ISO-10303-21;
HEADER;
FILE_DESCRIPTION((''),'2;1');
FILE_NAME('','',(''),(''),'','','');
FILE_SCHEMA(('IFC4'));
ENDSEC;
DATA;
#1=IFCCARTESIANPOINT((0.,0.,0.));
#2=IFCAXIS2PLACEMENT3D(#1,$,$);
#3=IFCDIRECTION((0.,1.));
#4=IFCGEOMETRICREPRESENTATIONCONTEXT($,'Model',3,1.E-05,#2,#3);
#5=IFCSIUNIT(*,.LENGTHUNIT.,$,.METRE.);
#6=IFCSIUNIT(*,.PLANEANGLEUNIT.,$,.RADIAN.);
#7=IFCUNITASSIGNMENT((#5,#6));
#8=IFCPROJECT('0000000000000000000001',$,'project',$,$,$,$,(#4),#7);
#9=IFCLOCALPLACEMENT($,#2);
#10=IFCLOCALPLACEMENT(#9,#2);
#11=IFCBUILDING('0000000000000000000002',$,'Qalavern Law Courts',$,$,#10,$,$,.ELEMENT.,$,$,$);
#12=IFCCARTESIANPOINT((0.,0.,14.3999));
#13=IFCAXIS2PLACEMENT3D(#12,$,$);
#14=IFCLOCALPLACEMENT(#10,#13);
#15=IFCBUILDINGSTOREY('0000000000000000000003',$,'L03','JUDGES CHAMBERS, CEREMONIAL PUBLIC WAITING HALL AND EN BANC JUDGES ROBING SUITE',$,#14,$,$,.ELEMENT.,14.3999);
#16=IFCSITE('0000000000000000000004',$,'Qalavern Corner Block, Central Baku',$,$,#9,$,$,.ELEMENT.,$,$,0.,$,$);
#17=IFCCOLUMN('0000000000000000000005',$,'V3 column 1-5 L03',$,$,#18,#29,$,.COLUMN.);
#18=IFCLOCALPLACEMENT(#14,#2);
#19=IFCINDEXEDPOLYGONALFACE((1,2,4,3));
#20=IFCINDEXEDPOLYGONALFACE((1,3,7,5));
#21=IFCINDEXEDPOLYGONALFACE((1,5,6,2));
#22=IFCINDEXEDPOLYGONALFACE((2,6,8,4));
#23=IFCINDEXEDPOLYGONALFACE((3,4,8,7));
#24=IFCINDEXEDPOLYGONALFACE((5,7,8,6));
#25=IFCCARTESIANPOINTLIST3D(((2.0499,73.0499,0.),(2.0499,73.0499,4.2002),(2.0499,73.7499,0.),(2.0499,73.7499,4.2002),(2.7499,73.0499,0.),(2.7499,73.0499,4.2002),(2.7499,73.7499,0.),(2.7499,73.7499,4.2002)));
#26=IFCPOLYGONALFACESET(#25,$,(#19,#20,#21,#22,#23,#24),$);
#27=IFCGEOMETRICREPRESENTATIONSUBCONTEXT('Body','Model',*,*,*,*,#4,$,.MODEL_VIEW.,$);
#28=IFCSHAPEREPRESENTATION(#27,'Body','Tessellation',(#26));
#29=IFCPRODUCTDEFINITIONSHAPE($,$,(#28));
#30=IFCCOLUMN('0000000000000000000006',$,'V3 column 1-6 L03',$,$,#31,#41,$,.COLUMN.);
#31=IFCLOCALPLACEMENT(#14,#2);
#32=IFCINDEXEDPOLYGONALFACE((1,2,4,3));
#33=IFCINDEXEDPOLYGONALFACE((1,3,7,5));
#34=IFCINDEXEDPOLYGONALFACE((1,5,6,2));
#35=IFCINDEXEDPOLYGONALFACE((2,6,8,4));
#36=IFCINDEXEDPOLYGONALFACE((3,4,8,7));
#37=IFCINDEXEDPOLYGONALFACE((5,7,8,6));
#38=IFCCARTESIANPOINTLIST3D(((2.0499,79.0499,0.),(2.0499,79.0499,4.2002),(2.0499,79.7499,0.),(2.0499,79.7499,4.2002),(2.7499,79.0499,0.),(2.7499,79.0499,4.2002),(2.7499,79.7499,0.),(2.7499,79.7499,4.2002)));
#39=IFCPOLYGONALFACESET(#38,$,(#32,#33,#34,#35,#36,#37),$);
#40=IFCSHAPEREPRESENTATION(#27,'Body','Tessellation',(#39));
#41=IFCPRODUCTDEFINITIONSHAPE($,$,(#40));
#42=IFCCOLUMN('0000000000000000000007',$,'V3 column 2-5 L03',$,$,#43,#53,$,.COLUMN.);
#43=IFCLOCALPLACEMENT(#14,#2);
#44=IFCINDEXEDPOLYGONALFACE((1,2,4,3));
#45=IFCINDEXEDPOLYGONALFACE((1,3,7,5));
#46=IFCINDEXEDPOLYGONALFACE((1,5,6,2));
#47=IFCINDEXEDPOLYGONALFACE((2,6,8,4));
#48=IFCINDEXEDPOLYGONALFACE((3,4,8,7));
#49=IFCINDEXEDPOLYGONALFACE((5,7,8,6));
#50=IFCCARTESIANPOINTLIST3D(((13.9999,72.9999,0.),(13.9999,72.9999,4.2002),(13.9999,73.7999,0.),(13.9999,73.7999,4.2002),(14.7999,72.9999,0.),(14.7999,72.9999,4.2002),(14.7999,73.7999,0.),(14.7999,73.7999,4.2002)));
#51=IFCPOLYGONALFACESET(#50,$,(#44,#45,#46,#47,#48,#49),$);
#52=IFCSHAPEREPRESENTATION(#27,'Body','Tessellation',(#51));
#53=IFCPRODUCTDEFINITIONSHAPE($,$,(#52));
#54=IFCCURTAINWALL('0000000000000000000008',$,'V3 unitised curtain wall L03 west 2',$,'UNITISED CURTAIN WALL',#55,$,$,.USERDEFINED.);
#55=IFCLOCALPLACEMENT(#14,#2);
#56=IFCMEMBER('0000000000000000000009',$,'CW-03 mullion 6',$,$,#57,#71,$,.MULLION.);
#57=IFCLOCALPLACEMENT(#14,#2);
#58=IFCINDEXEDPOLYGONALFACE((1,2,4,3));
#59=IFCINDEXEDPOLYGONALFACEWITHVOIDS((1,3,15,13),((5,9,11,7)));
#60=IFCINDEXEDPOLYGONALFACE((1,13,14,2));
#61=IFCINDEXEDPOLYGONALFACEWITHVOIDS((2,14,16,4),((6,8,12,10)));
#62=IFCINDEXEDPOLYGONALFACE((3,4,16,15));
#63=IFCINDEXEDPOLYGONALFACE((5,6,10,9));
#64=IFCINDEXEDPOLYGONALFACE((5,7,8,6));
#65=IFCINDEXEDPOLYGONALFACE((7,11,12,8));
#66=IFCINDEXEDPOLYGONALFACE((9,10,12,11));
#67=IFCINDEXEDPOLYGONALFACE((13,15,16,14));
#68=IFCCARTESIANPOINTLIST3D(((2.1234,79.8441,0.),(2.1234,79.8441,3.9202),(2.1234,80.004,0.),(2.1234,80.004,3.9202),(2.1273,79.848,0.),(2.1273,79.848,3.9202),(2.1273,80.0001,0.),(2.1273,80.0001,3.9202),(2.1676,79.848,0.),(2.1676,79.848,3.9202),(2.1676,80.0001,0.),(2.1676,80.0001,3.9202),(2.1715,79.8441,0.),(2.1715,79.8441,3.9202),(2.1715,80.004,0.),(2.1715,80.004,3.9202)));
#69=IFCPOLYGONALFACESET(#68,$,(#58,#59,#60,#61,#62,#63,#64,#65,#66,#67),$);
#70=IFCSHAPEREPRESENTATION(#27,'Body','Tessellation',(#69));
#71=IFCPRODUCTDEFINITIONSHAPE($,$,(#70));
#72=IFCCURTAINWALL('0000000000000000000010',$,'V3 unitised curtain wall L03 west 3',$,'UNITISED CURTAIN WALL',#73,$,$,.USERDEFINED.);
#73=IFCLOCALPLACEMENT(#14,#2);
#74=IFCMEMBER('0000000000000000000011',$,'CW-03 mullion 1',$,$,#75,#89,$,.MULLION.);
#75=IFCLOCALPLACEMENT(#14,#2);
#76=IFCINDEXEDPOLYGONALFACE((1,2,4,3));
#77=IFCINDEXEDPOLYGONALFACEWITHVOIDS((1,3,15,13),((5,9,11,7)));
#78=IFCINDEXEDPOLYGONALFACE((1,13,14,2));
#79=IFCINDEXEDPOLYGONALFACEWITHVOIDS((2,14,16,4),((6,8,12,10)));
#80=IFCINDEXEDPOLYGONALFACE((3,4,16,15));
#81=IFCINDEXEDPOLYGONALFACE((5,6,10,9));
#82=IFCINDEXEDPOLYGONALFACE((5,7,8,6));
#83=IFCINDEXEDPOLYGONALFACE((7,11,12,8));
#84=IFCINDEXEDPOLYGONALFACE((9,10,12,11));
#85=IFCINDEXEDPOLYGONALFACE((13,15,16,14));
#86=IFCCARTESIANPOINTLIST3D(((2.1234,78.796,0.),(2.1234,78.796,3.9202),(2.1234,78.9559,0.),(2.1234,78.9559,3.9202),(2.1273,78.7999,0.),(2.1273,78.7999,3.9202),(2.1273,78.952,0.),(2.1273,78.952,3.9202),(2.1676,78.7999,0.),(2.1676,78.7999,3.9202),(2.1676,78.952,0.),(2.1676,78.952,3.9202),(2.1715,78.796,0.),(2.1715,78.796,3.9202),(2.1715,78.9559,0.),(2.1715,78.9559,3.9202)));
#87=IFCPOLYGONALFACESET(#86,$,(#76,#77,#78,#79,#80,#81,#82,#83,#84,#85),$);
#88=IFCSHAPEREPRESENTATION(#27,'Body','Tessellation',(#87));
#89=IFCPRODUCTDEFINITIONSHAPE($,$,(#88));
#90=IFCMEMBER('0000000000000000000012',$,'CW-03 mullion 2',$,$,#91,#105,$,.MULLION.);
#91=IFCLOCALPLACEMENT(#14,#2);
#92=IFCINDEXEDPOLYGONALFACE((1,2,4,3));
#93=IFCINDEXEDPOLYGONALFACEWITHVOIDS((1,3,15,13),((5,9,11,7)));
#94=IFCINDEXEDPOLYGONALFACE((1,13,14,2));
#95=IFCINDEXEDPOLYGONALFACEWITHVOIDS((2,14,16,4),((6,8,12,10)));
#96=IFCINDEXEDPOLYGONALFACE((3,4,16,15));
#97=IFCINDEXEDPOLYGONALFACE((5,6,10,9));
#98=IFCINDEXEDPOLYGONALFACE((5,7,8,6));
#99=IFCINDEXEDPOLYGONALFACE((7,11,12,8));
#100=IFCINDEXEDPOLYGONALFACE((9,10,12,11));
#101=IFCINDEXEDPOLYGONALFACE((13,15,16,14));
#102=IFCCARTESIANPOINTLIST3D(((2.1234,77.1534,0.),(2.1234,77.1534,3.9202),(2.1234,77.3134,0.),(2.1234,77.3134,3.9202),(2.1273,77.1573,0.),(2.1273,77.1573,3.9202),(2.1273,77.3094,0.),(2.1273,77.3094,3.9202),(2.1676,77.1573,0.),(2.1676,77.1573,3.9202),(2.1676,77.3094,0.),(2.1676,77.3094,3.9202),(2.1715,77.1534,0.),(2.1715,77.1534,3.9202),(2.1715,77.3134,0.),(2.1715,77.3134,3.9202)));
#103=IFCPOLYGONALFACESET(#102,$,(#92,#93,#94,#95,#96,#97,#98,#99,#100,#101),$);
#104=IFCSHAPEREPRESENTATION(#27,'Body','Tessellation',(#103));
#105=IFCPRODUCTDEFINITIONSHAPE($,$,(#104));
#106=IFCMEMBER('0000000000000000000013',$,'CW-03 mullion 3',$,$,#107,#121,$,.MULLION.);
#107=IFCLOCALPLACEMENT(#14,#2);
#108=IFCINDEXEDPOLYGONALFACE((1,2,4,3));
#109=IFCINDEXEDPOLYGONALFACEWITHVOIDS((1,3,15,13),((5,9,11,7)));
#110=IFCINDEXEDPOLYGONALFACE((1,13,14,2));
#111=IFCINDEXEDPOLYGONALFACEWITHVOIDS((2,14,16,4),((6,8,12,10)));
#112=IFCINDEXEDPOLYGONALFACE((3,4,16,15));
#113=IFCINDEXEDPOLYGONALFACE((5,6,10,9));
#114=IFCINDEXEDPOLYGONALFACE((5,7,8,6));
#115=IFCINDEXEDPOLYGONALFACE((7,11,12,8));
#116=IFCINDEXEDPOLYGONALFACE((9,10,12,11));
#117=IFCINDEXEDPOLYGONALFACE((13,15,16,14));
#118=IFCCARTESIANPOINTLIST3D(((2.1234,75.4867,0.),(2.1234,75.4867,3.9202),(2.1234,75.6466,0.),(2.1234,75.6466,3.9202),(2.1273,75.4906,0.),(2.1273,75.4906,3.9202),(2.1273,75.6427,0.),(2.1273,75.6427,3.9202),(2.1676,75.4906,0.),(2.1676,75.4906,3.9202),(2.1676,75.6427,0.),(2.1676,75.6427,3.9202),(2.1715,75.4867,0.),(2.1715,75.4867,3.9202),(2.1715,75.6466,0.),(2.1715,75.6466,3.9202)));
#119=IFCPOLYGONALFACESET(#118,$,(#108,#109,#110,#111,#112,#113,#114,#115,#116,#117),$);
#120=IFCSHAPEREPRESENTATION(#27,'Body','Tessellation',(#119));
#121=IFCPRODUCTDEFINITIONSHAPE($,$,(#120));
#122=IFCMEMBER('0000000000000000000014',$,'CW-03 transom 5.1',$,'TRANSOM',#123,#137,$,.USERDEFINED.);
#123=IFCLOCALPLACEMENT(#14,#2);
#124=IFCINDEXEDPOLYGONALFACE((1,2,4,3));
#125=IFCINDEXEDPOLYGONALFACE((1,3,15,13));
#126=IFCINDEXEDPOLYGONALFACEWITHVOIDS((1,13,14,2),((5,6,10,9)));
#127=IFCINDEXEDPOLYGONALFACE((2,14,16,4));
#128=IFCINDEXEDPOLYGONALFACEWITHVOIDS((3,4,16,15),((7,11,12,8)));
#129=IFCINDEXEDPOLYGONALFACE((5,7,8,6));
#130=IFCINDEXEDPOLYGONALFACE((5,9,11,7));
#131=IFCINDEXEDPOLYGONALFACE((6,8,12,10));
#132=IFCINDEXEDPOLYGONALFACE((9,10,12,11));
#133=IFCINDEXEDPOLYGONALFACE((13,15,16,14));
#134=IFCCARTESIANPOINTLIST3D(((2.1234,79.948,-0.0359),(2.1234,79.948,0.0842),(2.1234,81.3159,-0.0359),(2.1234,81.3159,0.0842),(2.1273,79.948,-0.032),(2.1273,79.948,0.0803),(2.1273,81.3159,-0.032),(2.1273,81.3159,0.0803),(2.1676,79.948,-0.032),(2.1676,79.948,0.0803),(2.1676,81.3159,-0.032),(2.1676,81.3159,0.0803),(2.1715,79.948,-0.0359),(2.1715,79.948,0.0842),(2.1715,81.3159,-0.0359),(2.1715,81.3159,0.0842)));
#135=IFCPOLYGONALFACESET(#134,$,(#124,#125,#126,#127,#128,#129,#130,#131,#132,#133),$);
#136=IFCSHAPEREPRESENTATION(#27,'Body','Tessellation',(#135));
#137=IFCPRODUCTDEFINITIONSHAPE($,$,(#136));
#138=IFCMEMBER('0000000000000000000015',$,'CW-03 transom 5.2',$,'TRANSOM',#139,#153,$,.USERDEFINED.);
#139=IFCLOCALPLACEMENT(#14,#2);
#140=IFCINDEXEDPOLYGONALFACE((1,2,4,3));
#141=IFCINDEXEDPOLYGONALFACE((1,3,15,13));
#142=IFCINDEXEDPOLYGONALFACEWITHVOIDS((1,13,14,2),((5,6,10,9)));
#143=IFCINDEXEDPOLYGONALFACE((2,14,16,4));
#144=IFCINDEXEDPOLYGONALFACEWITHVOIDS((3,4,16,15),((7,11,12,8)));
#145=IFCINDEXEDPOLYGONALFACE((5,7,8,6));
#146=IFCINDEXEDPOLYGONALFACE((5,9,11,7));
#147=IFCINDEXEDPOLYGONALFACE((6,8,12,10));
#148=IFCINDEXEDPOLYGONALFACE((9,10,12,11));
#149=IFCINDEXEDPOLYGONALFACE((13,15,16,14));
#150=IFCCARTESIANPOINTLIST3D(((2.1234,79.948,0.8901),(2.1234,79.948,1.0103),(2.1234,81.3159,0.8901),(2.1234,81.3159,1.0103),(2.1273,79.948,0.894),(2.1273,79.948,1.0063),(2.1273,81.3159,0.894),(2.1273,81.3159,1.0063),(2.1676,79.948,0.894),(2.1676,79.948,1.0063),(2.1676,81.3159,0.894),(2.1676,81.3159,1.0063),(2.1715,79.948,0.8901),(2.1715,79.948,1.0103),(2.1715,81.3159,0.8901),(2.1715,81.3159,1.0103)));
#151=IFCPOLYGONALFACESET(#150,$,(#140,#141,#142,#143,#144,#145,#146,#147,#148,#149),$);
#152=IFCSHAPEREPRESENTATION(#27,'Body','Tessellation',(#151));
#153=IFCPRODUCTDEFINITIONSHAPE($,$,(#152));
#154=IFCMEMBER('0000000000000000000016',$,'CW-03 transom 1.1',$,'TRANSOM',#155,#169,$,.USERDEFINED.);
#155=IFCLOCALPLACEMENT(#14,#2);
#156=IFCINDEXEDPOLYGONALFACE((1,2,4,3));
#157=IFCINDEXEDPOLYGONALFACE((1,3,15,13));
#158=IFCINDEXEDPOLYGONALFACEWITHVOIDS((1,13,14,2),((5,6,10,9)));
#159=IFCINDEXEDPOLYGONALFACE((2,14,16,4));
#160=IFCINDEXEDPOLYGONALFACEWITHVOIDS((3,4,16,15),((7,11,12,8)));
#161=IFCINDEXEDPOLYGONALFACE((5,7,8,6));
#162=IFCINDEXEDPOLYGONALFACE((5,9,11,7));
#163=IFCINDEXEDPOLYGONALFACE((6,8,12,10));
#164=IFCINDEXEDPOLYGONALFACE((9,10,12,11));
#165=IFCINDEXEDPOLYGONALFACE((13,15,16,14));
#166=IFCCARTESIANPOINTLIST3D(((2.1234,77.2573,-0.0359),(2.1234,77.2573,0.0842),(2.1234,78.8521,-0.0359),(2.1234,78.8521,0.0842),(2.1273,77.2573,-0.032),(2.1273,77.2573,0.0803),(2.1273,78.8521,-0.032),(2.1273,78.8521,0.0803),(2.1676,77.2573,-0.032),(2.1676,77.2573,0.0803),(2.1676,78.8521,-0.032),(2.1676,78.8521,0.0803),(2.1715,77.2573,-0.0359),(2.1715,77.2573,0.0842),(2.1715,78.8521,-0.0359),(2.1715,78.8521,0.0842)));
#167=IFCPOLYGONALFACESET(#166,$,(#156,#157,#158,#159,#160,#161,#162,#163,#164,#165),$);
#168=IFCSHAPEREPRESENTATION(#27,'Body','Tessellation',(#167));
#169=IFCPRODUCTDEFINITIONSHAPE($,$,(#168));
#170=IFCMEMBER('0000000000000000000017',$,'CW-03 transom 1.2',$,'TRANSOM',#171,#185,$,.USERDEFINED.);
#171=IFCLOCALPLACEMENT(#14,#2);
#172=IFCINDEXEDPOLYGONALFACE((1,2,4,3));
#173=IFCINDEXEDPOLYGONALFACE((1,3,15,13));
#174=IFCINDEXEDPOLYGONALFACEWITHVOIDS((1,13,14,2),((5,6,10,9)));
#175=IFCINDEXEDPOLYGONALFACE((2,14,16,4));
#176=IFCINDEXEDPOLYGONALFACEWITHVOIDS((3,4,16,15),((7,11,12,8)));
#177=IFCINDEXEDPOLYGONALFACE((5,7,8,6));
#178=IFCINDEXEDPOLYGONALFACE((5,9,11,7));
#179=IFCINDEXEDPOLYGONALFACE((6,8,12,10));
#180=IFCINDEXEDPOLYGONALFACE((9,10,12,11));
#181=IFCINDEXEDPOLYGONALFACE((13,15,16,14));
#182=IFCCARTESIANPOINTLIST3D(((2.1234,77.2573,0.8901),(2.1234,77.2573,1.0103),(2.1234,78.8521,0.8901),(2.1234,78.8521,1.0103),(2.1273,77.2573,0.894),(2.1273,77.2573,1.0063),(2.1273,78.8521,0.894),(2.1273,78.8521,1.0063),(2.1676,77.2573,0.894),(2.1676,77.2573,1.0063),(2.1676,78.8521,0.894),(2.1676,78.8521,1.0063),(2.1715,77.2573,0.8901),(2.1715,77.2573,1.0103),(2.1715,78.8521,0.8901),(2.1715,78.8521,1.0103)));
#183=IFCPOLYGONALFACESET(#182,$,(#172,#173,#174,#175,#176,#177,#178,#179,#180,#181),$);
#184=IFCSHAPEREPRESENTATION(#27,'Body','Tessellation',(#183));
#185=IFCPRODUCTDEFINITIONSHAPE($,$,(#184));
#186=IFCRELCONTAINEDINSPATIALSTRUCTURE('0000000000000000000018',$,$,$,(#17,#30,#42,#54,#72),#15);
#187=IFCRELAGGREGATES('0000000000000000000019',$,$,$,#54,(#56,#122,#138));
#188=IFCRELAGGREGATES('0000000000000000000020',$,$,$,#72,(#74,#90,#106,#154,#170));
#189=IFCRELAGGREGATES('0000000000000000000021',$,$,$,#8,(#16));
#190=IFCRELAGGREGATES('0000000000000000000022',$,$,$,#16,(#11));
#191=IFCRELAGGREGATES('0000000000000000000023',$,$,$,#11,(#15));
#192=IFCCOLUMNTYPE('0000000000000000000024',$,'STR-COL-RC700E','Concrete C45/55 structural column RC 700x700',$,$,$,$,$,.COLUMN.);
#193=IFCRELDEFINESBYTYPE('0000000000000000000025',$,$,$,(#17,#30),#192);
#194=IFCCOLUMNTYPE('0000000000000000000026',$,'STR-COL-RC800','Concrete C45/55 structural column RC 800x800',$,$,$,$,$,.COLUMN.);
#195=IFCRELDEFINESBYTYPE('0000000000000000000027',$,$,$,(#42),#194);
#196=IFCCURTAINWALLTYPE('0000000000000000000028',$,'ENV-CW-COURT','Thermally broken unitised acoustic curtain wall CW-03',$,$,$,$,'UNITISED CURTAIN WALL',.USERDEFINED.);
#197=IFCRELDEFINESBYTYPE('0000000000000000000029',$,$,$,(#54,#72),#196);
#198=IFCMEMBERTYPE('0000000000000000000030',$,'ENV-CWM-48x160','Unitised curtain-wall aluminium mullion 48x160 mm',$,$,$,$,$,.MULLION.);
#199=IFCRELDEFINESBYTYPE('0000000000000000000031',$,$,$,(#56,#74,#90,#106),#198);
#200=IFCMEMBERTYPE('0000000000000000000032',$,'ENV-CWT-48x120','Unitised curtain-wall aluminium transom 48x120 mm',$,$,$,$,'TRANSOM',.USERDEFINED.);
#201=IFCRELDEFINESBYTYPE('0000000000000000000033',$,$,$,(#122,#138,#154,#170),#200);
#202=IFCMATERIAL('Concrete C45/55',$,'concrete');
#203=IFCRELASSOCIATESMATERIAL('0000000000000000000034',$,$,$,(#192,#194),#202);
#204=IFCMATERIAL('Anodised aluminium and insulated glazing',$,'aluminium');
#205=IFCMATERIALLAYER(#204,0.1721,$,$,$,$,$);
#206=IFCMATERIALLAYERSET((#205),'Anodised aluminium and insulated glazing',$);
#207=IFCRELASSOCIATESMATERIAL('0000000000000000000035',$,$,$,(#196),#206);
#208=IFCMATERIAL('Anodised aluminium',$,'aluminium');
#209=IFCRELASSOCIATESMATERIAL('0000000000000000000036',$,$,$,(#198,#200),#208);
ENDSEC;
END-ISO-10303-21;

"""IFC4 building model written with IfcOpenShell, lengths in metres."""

from ifc_helpers import new_model, si_unit, direction, frame, origin, origin_2d, place, context, subcontext, project, spatial, rectangle, hollow_rectangle, extrude, material, layer, layer_set, material_profile, profile_set, type_object, element, aggregate, save


model = new_model("IFC4")

# Units and contexts
model_context = context("Model", 3, precision=1e-05, world=origin(), true_north=direction((0.0, 1.0)))
body_context = subcontext(model_context, "Body", "Model", "MODEL_VIEW")
ifc_project = project(units=[si_unit("LENGTHUNIT", "METRE"), si_unit("PLANEANGLEUNIT", "RADIAN")], contexts=[model_context])

# Site, building, storey
site_placement = place(None, origin())
site = spatial("IfcSite", under=ifc_project, at=site_placement, Name="Qalavern Corner Block, Central Baku", CompositionType="ELEMENT", RefElevation=0.0)
building_placement = place(site_placement, origin())
building = spatial("IfcBuilding", under=site, at=building_placement, Name="Qalavern Law Courts", CompositionType="ELEMENT")
storey_placement = place(building_placement, frame((0.0, 0.0, 14.3999)))
storey = spatial("IfcBuildingStorey", under=building, at=storey_placement, Name="L03", Description="JUDGES CHAMBERS, CEREMONIAL PUBLIC WAITING HALL AND EN BANC JUDGES ROBING SUITE", CompositionType="ELEMENT", Elevation=14.3999)

# Columns
ifc_material_1 = material(Name="Concrete C45/55", Category="concrete")
ifc_material_profile_1 = material_profile(ifc_material_1, rectangle(XDim=0.7, YDim=0.7, at=origin_2d()), Name="RC 700x700")
ifc_profile_set_1 = profile_set([ifc_material_profile_1], Name="Concrete C45/55")
column_type_1 = type_object("IfcColumnType", Name="STR-COL-RC700E", Description="Concrete C45/55 structural column RC 700x700", PredefinedType="COLUMN", material=ifc_profile_set_1)
for number, where, z_axis, x_axis, name in (
    (1, (2.3999, 73.3999, 0.0), (0.0, 0.0, 1.0), (1.0, 0.0, 0.0), "V3 column 1-5 L03"),
    (2, (2.3999, 79.3999, 0.0), (0.0, 0.0, 1.0), (1.0, 0.0, 0.0), "V3 column 1-6 L03"),
):
    element("IfcColumn", number, at=place(storey_placement, frame(where, z_axis=z_axis, x_axis=x_axis)), inside=storey, type_object=column_type_1, Name=name, PredefinedType="COLUMN", context=body_context, shape_type="SweptSolid", body=[
        extrude(rectangle(XDim=0.7, YDim=0.7, at=origin_2d()), origin(), (0.0, 0.0, 1.0), 4.2002),
    ])
ifc_material_profile_2 = material_profile(ifc_material_1, rectangle(XDim=0.8, YDim=0.8, at=origin_2d()), Name="RC 800x800")
ifc_profile_set_2 = profile_set([ifc_material_profile_2], Name="Concrete C45/55")
column_type_2 = type_object("IfcColumnType", Name="STR-COL-RC800", Description="Concrete C45/55 structural column RC 800x800", PredefinedType="COLUMN", material=ifc_profile_set_2)
column_placement = place(storey_placement, frame((14.3999, 73.3999, 0.0), z_axis=(0.0, 0.0, 1.0), x_axis=(1.0, 0.0, 0.0)))
element("IfcColumn", 3, at=column_placement, inside=storey, type_object=column_type_2, Name="V3 column 2-5 L03", PredefinedType="COLUMN", context=body_context, shape_type="SweptSolid", body=[
    extrude(rectangle(XDim=0.8, YDim=0.8, at=origin_2d()), origin(), (0.0, 0.0, 1.0), 4.2002),
])

# Curtain wall, member
ifc_material_2 = material(Name="Anodised aluminium and insulated glazing", Category="aluminium")
ifc_layer_1 = layer(ifc_material_2, 0.1721)
ifc_layer_set_1 = layer_set([ifc_layer_1], Name="Anodised aluminium and insulated glazing")
curtain_wall_type = type_object("IfcCurtainWallType", Name="ENV-CW-COURT", Description="Thermally broken unitised acoustic curtain wall CW-03", ElementType="UNITISED CURTAIN WALL", PredefinedType="USERDEFINED", material=ifc_layer_set_1)
curtain_wall_1_placement = place(storey_placement, origin())
curtain_wall_1 = element("IfcCurtainWall", 4, at=curtain_wall_1_placement, inside=storey, type_object=curtain_wall_type, Name="V3 unitised curtain wall L03 west 2", ObjectType="UNITISED CURTAIN WALL", PredefinedType="USERDEFINED")
ifc_material_3 = material(Name="Anodised aluminium", Category="aluminium")
ifc_material_profile_3 = material_profile(ifc_material_3, hollow_rectangle(XDim=0.0481, YDim=0.1599, WallThickness=0.0039, at=origin_2d()), Name="ALU MULLION 48x160")
ifc_profile_set_3 = profile_set([ifc_material_profile_3], Name="Anodised aluminium")
member_type_1 = type_object("IfcMemberType", Name="ENV-CWM-48x160", Description="Unitised curtain-wall aluminium mullion 48x160 mm", PredefinedType="MULLION", material=ifc_profile_set_3)
member_1_placement = place(storey_placement, frame((2.1475, 79.9241, 0.0), z_axis=(0.0, 0.0, 1.0), x_axis=(1.0, 0.0, 0.0)))
member_1 = element("IfcMember", 5, at=member_1_placement, type_object=member_type_1, Name="CW-03 mullion 6", PredefinedType="MULLION", context=body_context, shape_type="SweptSolid", body=[
    extrude(hollow_rectangle(XDim=0.0481, YDim=0.1599, WallThickness=0.0039, at=origin_2d()), origin(), (0.0, 0.0, 1.0), 3.9202),
])

# Curtain wall, members
curtain_wall_2_placement = place(storey_placement, origin())
curtain_wall_2 = element("IfcCurtainWall", 6, at=curtain_wall_2_placement, inside=storey, type_object=curtain_wall_type, Name="V3 unitised curtain wall L03 west 3", ObjectType="UNITISED CURTAIN WALL", PredefinedType="USERDEFINED")
member_2_placement = place(storey_placement, frame((2.1475, 78.876, 0.0), z_axis=(0.0, 0.0, 1.0), x_axis=(1.0, 0.0, 0.0)))
member_2 = element("IfcMember", 7, at=member_2_placement, type_object=member_type_1, Name="CW-03 mullion 1", PredefinedType="MULLION", context=body_context, shape_type="SweptSolid", body=[
    extrude(hollow_rectangle(XDim=0.0481, YDim=0.1599, WallThickness=0.0039, at=origin_2d()), origin(), (0.0, 0.0, 1.0), 3.9202),
])
member_3_placement = place(storey_placement, frame((2.1475, 77.2334, 0.0), z_axis=(0.0, 0.0, 1.0), x_axis=(1.0, 0.0, 0.0)))
member_3 = element("IfcMember", 8, at=member_3_placement, type_object=member_type_1, Name="CW-03 mullion 2", PredefinedType="MULLION", context=body_context, shape_type="SweptSolid", body=[
    extrude(hollow_rectangle(XDim=0.0481, YDim=0.1599, WallThickness=0.0039, at=origin_2d()), origin(), (0.0, 0.0, 1.0), 3.9202),
])
member_4_placement = place(storey_placement, frame((2.1475, 75.5667, 0.0), z_axis=(0.0, 0.0, 1.0), x_axis=(1.0, 0.0, 0.0)))
member_4 = element("IfcMember", 9, at=member_4_placement, type_object=member_type_1, Name="CW-03 mullion 3", PredefinedType="MULLION", context=body_context, shape_type="SweptSolid", body=[
    extrude(hollow_rectangle(XDim=0.0481, YDim=0.1599, WallThickness=0.0039, at=origin_2d()), origin(), (0.0, 0.0, 1.0), 3.9202),
])

# Members
ifc_material_profile_4 = material_profile(ifc_material_3, hollow_rectangle(XDim=0.0481, YDim=0.1201, WallThickness=0.0039, at=origin_2d()), Name="ALU TRANSOM 48x120")
ifc_profile_set_4 = profile_set([ifc_material_profile_4], Name="Anodised aluminium")
member_type_2 = type_object("IfcMemberType", Name="ENV-CWT-48x120", Description="Unitised curtain-wall aluminium transom 48x120 mm", ElementType="TRANSOM", PredefinedType="USERDEFINED", material=ifc_profile_set_4)
member_5_placement = place(storey_placement, frame((2.1475, 81.3159, 0.0242), z_axis=(0.0, -1.0, 0.0), x_axis=(1.0, 0.0, 0.0)))
member_5 = element("IfcMember", 10, at=member_5_placement, type_object=member_type_2, Name="CW-03 transom 5.1", ObjectType="TRANSOM", PredefinedType="USERDEFINED", context=body_context, shape_type="SweptSolid", body=[
    extrude(hollow_rectangle(XDim=0.0481, YDim=0.1201, WallThickness=0.0039, at=origin_2d()), origin(), (0.0, 0.0, 1.0), 1.3679),
])
member_6_placement = place(storey_placement, frame((2.1475, 81.3159, 0.9502), z_axis=(0.0, -1.0, 0.0), x_axis=(1.0, 0.0, 0.0)))
member_6 = element("IfcMember", 11, at=member_6_placement, type_object=member_type_2, Name="CW-03 transom 5.2", ObjectType="TRANSOM", PredefinedType="USERDEFINED", context=body_context, shape_type="SweptSolid", body=[
    extrude(hollow_rectangle(XDim=0.0481, YDim=0.1201, WallThickness=0.0039, at=origin_2d()), origin(), (0.0, 0.0, 1.0), 1.3679),
])
member_7_placement = place(storey_placement, frame((2.1475, 78.8521, 0.0242), z_axis=(0.0, -1.0, 0.0), x_axis=(1.0, 0.0, 0.0)))
member_7 = element("IfcMember", 12, at=member_7_placement, type_object=member_type_2, Name="CW-03 transom 1.1", ObjectType="TRANSOM", PredefinedType="USERDEFINED", context=body_context, shape_type="SweptSolid", body=[
    extrude(hollow_rectangle(XDim=0.0481, YDim=0.1201, WallThickness=0.0039, at=origin_2d()), origin(), (0.0, 0.0, 1.0), 1.5947),
])
member_8_placement = place(storey_placement, frame((2.1475, 78.8521, 0.9502), z_axis=(0.0, -1.0, 0.0), x_axis=(1.0, 0.0, 0.0)))
member_8 = element("IfcMember", 13, at=member_8_placement, type_object=member_type_2, Name="CW-03 transom 1.2", ObjectType="TRANSOM", PredefinedType="USERDEFINED", context=body_context, shape_type="SweptSolid", body=[
    extrude(hollow_rectangle(XDim=0.0481, YDim=0.1201, WallThickness=0.0039, at=origin_2d()), origin(), (0.0, 0.0, 1.0), 1.5947),
])

aggregate(curtain_wall_1, [member_1, member_5, member_6])
aggregate(curtain_wall_2, [member_2, member_3, member_4, member_7, member_8])

save(model, "model.ifc")
